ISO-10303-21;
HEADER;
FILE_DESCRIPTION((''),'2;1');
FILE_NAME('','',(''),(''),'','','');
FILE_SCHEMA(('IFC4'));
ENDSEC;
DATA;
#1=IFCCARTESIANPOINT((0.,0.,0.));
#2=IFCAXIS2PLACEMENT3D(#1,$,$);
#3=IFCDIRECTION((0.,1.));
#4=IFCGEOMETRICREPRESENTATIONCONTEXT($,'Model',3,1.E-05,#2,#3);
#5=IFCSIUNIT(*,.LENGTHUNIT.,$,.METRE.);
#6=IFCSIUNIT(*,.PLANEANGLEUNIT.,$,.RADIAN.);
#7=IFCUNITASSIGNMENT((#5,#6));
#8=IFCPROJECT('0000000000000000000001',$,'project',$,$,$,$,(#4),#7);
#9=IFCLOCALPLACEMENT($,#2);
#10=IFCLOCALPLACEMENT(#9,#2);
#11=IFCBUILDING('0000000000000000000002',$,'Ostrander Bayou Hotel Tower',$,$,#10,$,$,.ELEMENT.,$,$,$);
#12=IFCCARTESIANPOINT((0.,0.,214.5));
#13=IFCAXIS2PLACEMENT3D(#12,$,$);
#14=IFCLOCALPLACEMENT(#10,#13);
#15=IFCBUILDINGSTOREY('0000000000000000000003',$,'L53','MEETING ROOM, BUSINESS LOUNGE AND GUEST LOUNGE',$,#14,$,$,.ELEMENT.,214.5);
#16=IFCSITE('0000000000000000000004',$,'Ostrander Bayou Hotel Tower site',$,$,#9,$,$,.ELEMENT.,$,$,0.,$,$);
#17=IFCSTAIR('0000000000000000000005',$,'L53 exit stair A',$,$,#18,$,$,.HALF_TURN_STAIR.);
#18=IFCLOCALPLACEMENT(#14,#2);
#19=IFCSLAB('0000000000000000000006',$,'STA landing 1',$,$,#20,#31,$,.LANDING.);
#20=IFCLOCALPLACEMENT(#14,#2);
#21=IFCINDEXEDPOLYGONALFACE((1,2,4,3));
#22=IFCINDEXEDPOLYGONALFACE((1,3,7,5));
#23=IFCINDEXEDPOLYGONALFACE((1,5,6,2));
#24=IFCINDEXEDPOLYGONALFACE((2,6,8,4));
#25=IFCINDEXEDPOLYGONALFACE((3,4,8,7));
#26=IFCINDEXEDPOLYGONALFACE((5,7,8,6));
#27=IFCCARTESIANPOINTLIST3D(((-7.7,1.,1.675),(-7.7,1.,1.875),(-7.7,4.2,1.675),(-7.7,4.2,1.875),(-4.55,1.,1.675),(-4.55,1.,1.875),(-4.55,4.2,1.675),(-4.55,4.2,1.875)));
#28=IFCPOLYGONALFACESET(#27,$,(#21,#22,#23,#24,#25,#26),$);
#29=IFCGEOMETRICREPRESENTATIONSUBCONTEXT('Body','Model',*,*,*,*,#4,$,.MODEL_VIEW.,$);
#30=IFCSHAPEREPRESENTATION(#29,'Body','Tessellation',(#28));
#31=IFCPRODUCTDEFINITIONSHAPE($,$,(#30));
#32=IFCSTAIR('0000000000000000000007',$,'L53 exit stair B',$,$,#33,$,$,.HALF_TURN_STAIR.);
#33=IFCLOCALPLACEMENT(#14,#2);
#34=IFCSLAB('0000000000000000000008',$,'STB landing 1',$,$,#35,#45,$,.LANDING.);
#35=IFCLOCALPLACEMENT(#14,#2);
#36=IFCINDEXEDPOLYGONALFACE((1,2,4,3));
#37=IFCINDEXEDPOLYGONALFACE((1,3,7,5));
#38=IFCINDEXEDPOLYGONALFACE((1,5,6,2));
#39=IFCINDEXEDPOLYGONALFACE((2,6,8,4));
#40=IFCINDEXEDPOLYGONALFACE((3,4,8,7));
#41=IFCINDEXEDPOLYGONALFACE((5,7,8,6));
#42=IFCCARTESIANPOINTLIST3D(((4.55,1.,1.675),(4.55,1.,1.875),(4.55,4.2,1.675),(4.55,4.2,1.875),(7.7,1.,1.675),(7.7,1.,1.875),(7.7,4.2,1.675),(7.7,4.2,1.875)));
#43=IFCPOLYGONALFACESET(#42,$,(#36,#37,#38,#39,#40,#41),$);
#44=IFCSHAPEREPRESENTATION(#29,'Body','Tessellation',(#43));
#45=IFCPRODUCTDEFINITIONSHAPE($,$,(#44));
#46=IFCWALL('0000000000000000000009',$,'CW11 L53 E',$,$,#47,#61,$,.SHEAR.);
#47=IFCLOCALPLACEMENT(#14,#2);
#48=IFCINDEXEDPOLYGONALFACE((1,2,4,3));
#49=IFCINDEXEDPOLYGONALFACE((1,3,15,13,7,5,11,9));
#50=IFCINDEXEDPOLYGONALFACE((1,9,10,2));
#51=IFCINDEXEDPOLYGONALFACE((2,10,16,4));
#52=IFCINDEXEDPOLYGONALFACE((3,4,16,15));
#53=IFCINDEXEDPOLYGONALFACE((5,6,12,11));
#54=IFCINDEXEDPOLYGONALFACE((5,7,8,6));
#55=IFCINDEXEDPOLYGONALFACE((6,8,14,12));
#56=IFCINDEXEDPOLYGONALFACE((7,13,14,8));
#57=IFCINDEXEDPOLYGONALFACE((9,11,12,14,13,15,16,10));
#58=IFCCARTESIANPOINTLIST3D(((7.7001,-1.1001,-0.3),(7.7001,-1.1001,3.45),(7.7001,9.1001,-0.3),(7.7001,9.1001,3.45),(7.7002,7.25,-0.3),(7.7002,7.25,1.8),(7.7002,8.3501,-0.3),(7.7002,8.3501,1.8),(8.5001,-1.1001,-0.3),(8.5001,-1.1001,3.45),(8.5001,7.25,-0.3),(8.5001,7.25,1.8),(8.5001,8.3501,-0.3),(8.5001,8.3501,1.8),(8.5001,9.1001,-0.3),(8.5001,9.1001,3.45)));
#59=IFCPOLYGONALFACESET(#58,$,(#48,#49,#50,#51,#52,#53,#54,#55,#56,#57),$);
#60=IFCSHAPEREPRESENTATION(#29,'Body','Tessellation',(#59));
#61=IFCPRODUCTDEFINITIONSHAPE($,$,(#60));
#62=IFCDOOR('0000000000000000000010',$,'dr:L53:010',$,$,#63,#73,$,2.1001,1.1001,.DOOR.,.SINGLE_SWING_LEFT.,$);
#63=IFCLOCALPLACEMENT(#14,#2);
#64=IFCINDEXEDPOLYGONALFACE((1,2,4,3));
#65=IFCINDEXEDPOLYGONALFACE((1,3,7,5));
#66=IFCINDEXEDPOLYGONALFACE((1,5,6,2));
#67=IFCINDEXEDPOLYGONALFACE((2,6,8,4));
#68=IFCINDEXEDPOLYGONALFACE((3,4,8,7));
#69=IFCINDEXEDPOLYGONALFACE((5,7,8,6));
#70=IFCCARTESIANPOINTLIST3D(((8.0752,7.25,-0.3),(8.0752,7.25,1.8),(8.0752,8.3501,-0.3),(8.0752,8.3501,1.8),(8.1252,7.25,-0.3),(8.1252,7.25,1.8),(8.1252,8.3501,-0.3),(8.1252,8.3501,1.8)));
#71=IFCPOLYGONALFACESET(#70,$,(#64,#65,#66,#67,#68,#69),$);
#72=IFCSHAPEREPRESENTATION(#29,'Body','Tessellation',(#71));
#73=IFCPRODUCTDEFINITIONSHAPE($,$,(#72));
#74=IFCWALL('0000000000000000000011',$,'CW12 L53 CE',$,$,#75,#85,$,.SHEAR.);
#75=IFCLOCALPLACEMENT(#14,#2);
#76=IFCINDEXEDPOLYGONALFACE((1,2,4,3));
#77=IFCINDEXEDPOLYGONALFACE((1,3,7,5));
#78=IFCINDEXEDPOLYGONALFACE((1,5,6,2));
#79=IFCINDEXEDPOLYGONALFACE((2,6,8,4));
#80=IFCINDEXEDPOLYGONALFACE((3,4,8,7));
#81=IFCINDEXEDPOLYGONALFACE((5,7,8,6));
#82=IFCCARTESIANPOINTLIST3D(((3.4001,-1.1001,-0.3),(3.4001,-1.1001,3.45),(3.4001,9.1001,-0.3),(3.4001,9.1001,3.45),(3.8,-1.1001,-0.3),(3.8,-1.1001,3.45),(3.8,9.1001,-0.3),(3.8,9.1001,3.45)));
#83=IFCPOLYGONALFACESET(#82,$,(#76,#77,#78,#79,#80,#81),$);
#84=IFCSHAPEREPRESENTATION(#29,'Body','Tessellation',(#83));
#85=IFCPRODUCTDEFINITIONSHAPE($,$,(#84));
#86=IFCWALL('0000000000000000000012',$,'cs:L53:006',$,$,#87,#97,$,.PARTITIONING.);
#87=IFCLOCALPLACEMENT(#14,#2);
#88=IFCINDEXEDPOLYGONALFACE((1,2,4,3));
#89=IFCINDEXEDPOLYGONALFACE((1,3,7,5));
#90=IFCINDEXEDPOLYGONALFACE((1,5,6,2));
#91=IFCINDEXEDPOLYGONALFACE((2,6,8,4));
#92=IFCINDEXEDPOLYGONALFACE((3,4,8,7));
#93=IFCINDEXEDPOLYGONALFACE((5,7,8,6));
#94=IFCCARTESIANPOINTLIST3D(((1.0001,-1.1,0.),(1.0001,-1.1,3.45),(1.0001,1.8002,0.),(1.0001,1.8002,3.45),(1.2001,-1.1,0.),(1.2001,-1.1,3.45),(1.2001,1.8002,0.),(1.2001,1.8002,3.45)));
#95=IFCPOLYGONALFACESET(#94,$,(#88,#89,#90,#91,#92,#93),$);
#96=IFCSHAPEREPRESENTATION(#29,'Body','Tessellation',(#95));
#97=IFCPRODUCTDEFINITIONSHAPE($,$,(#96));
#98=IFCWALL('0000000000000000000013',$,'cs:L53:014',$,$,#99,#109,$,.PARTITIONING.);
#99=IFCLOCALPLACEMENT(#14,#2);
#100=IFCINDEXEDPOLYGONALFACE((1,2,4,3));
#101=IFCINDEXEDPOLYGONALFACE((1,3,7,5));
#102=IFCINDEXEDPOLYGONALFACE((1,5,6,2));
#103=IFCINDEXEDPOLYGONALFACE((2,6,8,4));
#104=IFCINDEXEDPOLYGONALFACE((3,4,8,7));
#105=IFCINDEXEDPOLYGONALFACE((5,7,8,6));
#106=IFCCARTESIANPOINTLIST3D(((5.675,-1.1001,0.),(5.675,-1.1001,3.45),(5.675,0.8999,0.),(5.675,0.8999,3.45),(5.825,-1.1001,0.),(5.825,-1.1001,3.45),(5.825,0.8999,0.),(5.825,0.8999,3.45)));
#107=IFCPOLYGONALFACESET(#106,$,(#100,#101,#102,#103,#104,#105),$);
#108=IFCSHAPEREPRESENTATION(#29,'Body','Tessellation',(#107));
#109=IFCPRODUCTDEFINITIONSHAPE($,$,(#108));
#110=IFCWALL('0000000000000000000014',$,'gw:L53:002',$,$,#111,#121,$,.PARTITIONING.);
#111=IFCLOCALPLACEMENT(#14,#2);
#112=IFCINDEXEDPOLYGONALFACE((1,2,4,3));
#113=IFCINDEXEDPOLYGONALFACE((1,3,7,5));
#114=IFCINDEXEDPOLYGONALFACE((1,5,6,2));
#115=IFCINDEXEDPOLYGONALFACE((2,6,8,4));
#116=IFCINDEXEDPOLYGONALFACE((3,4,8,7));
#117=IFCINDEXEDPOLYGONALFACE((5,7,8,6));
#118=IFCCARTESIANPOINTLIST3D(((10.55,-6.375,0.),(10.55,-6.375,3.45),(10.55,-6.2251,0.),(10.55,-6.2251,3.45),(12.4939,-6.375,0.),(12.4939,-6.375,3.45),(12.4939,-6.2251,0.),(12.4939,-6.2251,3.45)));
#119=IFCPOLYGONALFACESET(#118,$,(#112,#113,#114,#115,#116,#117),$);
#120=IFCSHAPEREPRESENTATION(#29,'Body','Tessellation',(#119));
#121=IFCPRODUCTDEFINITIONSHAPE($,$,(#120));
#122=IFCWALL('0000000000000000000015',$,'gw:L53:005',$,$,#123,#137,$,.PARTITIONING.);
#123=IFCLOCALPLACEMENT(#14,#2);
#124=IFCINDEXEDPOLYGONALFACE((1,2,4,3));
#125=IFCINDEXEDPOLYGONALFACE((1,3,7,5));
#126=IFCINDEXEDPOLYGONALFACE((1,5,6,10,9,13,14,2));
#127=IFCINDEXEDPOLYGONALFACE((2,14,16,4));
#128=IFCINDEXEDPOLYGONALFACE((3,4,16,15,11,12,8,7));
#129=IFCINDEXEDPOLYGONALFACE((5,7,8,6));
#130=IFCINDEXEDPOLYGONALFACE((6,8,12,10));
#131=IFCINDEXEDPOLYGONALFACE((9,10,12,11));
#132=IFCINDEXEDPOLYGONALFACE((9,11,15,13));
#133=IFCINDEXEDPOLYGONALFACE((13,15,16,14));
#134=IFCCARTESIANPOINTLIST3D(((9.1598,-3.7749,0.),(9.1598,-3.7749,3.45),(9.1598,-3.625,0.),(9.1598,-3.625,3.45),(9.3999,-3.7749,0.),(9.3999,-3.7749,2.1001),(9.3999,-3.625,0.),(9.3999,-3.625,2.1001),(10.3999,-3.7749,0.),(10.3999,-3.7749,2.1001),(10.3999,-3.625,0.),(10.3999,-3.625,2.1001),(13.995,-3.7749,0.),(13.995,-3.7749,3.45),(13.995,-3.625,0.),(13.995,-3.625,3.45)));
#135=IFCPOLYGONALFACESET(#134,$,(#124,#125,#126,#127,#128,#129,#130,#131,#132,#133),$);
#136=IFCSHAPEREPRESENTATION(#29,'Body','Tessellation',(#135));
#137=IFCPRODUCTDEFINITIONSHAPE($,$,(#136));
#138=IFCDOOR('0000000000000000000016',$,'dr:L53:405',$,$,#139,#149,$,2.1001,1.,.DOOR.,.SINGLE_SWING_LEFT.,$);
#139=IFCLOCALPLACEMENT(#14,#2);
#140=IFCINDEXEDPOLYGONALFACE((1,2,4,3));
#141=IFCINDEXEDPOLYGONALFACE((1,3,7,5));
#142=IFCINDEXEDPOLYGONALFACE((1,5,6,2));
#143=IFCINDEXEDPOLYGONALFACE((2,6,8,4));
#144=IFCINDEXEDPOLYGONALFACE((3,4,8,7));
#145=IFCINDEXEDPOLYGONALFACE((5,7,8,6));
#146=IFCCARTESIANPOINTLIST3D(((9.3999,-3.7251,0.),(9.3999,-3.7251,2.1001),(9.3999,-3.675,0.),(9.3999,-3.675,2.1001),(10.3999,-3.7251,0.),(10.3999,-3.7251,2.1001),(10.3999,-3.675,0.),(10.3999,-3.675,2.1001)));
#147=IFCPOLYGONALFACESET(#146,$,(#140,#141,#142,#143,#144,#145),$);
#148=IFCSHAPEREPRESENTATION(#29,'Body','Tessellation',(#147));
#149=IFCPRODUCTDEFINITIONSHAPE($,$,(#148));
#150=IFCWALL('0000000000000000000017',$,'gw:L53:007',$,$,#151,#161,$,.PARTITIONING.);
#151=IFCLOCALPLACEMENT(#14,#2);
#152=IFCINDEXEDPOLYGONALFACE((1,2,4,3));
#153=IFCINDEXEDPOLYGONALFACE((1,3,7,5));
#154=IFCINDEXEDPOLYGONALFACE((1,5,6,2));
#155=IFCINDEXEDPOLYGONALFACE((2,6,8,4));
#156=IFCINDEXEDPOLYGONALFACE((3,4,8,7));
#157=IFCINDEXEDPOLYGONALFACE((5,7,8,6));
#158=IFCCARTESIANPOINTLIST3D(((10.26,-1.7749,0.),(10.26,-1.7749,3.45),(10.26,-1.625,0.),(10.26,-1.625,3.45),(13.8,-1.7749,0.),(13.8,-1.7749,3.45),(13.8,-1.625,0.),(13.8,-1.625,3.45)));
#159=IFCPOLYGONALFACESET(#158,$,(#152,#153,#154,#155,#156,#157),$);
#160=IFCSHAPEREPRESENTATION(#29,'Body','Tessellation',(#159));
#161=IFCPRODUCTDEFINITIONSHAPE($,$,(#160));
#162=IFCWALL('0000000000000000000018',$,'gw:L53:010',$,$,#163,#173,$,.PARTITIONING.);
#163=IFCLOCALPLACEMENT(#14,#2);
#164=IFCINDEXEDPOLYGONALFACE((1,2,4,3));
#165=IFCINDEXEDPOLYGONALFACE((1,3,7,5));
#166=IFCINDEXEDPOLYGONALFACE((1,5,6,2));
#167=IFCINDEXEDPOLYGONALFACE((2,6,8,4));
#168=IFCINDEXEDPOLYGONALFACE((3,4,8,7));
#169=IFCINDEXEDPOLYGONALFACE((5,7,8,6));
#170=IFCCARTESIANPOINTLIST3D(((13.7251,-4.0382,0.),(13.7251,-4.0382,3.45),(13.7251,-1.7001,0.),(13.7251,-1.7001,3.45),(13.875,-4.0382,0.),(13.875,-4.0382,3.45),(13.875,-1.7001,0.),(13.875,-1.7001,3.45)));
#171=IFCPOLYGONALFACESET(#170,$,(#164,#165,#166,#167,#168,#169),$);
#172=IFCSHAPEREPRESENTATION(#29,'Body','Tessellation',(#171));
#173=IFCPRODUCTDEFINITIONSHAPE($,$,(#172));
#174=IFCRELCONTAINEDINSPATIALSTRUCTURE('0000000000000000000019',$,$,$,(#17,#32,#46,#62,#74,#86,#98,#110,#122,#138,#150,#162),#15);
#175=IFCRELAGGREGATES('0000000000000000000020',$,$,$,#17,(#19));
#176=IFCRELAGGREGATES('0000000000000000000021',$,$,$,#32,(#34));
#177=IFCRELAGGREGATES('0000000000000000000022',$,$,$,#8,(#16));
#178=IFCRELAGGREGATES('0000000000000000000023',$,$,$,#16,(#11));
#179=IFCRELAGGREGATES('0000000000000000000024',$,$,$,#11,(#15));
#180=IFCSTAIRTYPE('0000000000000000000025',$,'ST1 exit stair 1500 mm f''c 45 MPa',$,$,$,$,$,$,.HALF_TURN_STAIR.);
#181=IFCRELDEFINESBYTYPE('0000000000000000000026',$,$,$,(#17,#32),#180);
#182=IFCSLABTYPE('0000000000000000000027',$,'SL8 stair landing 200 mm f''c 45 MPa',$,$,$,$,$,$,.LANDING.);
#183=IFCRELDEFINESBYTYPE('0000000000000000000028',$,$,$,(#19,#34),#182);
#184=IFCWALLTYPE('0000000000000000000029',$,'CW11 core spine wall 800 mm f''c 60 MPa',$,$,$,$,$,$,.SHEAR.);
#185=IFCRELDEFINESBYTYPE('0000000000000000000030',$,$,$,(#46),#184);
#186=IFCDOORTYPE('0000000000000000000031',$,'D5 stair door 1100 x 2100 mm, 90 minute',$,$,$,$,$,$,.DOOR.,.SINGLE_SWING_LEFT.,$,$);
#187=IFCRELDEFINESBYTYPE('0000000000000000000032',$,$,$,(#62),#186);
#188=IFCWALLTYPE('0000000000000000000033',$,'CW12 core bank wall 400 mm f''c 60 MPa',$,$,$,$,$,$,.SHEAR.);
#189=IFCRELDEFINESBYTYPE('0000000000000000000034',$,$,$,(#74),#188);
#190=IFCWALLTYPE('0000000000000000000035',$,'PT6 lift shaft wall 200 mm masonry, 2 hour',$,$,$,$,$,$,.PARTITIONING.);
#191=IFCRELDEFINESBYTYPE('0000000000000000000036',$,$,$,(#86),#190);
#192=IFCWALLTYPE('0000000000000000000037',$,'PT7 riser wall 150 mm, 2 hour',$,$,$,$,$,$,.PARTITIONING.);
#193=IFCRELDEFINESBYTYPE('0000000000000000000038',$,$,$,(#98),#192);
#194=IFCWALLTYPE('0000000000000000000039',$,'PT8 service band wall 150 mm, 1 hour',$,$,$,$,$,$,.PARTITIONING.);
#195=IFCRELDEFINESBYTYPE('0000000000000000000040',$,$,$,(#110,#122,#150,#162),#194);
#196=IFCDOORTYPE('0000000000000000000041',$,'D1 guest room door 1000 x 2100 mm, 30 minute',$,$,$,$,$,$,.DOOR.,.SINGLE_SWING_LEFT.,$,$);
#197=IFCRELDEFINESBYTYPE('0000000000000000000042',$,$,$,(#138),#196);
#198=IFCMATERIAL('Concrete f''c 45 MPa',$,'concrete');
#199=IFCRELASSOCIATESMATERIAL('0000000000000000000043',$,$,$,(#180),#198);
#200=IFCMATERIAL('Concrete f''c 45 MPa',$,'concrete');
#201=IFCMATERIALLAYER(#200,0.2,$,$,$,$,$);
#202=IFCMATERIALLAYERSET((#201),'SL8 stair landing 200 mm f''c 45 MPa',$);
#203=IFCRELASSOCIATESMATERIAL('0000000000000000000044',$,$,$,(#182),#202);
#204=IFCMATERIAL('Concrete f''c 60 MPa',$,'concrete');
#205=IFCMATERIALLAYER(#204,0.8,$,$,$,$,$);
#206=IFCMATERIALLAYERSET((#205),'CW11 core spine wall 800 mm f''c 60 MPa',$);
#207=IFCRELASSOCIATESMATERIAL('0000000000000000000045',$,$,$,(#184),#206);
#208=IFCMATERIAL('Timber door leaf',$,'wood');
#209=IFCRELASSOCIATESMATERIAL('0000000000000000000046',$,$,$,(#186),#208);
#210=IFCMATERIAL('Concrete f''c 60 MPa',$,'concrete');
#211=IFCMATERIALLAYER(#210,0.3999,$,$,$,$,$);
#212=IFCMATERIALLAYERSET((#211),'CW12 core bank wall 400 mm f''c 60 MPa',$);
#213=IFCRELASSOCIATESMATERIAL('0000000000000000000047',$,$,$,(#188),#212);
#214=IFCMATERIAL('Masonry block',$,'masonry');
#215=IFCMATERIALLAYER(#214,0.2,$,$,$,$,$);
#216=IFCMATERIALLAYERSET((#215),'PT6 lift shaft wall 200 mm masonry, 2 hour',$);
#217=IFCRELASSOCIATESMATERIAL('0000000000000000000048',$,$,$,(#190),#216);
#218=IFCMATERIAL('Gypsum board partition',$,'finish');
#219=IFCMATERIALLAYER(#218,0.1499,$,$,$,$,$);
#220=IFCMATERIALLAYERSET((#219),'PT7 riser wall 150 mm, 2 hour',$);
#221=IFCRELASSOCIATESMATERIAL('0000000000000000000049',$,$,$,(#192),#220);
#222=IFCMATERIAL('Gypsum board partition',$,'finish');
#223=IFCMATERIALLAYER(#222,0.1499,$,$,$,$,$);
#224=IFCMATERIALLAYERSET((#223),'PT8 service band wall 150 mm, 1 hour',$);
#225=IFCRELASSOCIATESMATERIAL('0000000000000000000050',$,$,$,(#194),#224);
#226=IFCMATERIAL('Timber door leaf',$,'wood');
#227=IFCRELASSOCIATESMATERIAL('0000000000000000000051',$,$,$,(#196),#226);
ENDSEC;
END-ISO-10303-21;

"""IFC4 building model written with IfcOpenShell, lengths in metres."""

from ifc_helpers import new_model, si_unit, direction, frame, frame_2d, origin, place, context, subcontext, project, spatial, polyline, rectangle, outline, extrude, material, layer, layer_set, type_object, element, fill, aggregate, save


model = new_model("IFC4")

# Units and contexts
model_context = context("Model", 3, precision=1e-05, world=origin(), true_north=direction((0.0, 1.0)))
body_context = subcontext(model_context, "Body", "Model", "MODEL_VIEW")
ifc_project = project(units=[si_unit("LENGTHUNIT", "METRE"), si_unit("PLANEANGLEUNIT", "RADIAN")], contexts=[model_context])

# Site, building, storey
site_placement = place(None, origin())
site = spatial("IfcSite", under=ifc_project, at=site_placement, Name="Ostrander Bayou Hotel Tower site", CompositionType="ELEMENT", RefElevation=0.0)
building_placement = place(site_placement, origin())
building = spatial("IfcBuilding", under=site, at=building_placement, Name="Ostrander Bayou Hotel Tower", CompositionType="ELEMENT")
storey_placement = place(building_placement, frame((0.0, 0.0, 214.5)))
storey = spatial("IfcBuildingStorey", under=building, at=storey_placement, Name="L53", Description="MEETING ROOM, BUSINESS LOUNGE AND GUEST LOUNGE", CompositionType="ELEMENT", Elevation=214.5)

# Stairs, slabs
ifc_material_1 = material(Name="Concrete f'c 45 MPa", Category="concrete")
stair_type = type_object("IfcStairType", Name="ST1 exit stair 1500 mm f'c 45 MPa", PredefinedType="HALF_TURN_STAIR", material=ifc_material_1)
stair_1_placement = place(storey_placement, origin())
stair_1 = element("IfcStair", 1, at=stair_1_placement, inside=storey, type_object=stair_type, Name="L53 exit stair A", PredefinedType="HALF_TURN_STAIR")
ifc_material_2 = material(Name="Concrete f'c 45 MPa", Category="concrete")
ifc_layer_1 = layer(ifc_material_2, 0.2)
ifc_layer_set_1 = layer_set([ifc_layer_1], Name="SL8 stair landing 200 mm f'c 45 MPa")
slab_type = type_object("IfcSlabType", Name="SL8 stair landing 200 mm f'c 45 MPa", PredefinedType="LANDING", material=ifc_layer_set_1)
slab_1_placement = place(storey_placement, frame((0.0, 0.0, 1.675)))
slab_1 = element("IfcSlab", 2, at=slab_1_placement, type_object=slab_type, Name="STA landing 1", PredefinedType="LANDING", context=body_context, shape_type="SweptSolid", body=[
    extrude(outline(polyline([(-7.7, 4.2), (-7.7, 1.0), (-4.55, 1.0), (-4.55, 4.2), (-7.7, 4.2)])), origin(), (0.0, 0.0, 1.0), 0.2),
])
aggregate(stair_1, [slab_1])
stair_2_placement = place(storey_placement, origin())
stair_2 = element("IfcStair", 3, at=stair_2_placement, inside=storey, type_object=stair_type, Name="L53 exit stair B", PredefinedType="HALF_TURN_STAIR")
slab_2_placement = place(storey_placement, frame((0.0, 0.0, 1.675)))
slab_2 = element("IfcSlab", 4, at=slab_2_placement, type_object=slab_type, Name="STB landing 1", PredefinedType="LANDING", context=body_context, shape_type="SweptSolid", body=[
    extrude(outline(polyline([(4.55, 4.2), (4.55, 1.0), (7.7, 1.0), (7.7, 4.2), (4.55, 4.2)])), origin(), (0.0, 0.0, 1.0), 0.2),
])
aggregate(stair_2, [slab_2])

# Wall, opening, door
ifc_material_3 = material(Name="Concrete f'c 60 MPa", Category="concrete")
ifc_layer_2 = layer(ifc_material_3, 0.8)
ifc_layer_set_2 = layer_set([ifc_layer_2], Name="CW11 core spine wall 800 mm f'c 60 MPa")
wall_type_1 = type_object("IfcWallType", Name="CW11 core spine wall 800 mm f'c 60 MPa", PredefinedType="SHEAR", material=ifc_layer_set_2)
wall_1_placement = place(storey_placement, frame((8.1001, -1.1001, -0.3), z_axis=(0.0, 0.0, 1.0), x_axis=(0.0, 1.0, 0.0)))
wall_1 = element("IfcWall", 5, at=wall_1_placement, inside=storey, type_object=wall_type_1, Name="CW11 L53 E", PredefinedType="SHEAR", context=body_context, shape_type="SweptSolid", body=[
    extrude(rectangle(XDim=10.2002, YDim=0.8, at=frame_2d((5.1001, 0.0))), origin(), (0.0, 0.0, 1.0), 3.75),
])
opening_1_placement = place(wall_1_placement, frame((8.3501, 0.0, 0.0)))
opening_1 = element("IfcOpeningElement", 6, at=opening_1_placement, cuts=wall_1, PredefinedType="OPENING", context=body_context, shape_type="SweptSolid", body=[
    extrude(rectangle(XDim=1.1001, YDim=2.1001, at=frame_2d((0.55, 1.05))), frame((0.0, 0.3999, 0.0), z_axis=(0.0, -1.0, 0.0), x_axis=(1.0, 0.0, 0.0)), (0.0, 0.0, 1.0), 0.8),
])
ifc_material_4 = material(Name="Timber door leaf", Category="wood")
door_type_1 = type_object("IfcDoorType", Name="D5 stair door 1100 x 2100 mm, 90 minute", OperationType="SINGLE_SWING_LEFT", PredefinedType="DOOR", material=ifc_material_4)
door_1_placement = place(opening_1_placement, origin())
door_1 = element("IfcDoor", 7, at=door_1_placement, inside=storey, type_object=door_type_1, Name="dr:L53:010", OperationType="SINGLE_SWING_LEFT", OverallHeight=2.1001, OverallWidth=1.1001, PredefinedType="DOOR", context=body_context, shape_type="SweptSolid", body=[
    extrude(rectangle(XDim=1.1001, YDim=2.1001, at=frame_2d((0.55, 1.05))), frame((0.0, 0.0249, 0.0), z_axis=(0.0, -1.0, 0.0), x_axis=(1.0, 0.0, 0.0)), (0.0, 0.0, 1.0), 0.05),
])
fill(opening_1, door_1)

# Walls
ifc_material_5 = material(Name="Concrete f'c 60 MPa", Category="concrete")
ifc_layer_3 = layer(ifc_material_5, 0.3999)
ifc_layer_set_3 = layer_set([ifc_layer_3], Name="CW12 core bank wall 400 mm f'c 60 MPa")
wall_type_2 = type_object("IfcWallType", Name="CW12 core bank wall 400 mm f'c 60 MPa", PredefinedType="SHEAR", material=ifc_layer_set_3)
wall_2_placement = place(storey_placement, frame((3.6001, -1.1001, -0.3), z_axis=(0.0, 0.0, 1.0), x_axis=(0.0, 1.0, 0.0)))
element("IfcWall", 8, at=wall_2_placement, inside=storey, type_object=wall_type_2, Name="CW12 L53 CE", PredefinedType="SHEAR", context=body_context, shape_type="SweptSolid", body=[
    extrude(rectangle(XDim=10.2002, YDim=0.3999, at=frame_2d((5.1001, 0.0))), origin(), (0.0, 0.0, 1.0), 3.75),
])
ifc_material_6 = material(Name="Masonry block", Category="masonry")
ifc_layer_4 = layer(ifc_material_6, 0.2)
ifc_layer_set_4 = layer_set([ifc_layer_4], Name="PT6 lift shaft wall 200 mm masonry, 2 hour")
wall_type_3 = type_object("IfcWallType", Name="PT6 lift shaft wall 200 mm masonry, 2 hour", PredefinedType="PARTITIONING", material=ifc_layer_set_4)
wall_3_placement = place(storey_placement, frame((1.1001, -1.1001, 0.0), z_axis=(0.0, 0.0, 1.0), x_axis=(0.0, 1.0, 0.0)))
element("IfcWall", 9, at=wall_3_placement, inside=storey, type_object=wall_type_3, Name="cs:L53:006", PredefinedType="PARTITIONING", context=body_context, shape_type="SweptSolid", body=[
    extrude(rectangle(XDim=2.9001, YDim=0.2, at=frame_2d((1.4502, 0.0))), origin(), (0.0, 0.0, 1.0), 3.45),
])
ifc_material_7 = material(Name="Gypsum board partition", Category="finish")
ifc_layer_5 = layer(ifc_material_7, 0.1499)
ifc_layer_set_5 = layer_set([ifc_layer_5], Name="PT7 riser wall 150 mm, 2 hour")
wall_type_4 = type_object("IfcWallType", Name="PT7 riser wall 150 mm, 2 hour", PredefinedType="PARTITIONING", material=ifc_layer_set_5)
wall_4_placement = place(storey_placement, frame((5.75, -1.1001, 0.0), z_axis=(0.0, 0.0, 1.0), x_axis=(0.0, 1.0, 0.0)))
element("IfcWall", 10, at=wall_4_placement, inside=storey, type_object=wall_type_4, Name="cs:L53:014", PredefinedType="PARTITIONING", context=body_context, shape_type="SweptSolid", body=[
    extrude(rectangle(XDim=2.0, YDim=0.1499, at=frame_2d((1.0, 0.0))), origin(), (0.0, 0.0, 1.0), 3.45),
])
ifc_material_8 = material(Name="Gypsum board partition", Category="finish")
ifc_layer_6 = layer(ifc_material_8, 0.1499)
ifc_layer_set_6 = layer_set([ifc_layer_6], Name="PT8 service band wall 150 mm, 1 hour")
wall_type_5 = type_object("IfcWallType", Name="PT8 service band wall 150 mm, 1 hour", PredefinedType="PARTITIONING", material=ifc_layer_set_6)
wall_5_placement = place(storey_placement, frame((10.55, -6.3, 0.0), z_axis=(0.0, 0.0, 1.0), x_axis=(1.0, 0.0, 0.0)))
element("IfcWall", 11, at=wall_5_placement, inside=storey, type_object=wall_type_5, Name="gw:L53:002", PredefinedType="PARTITIONING", context=body_context, shape_type="SweptSolid", body=[
    extrude(rectangle(XDim=1.9438, YDim=0.1499, at=frame_2d((0.9719, 0.0))), origin(), (0.0, 0.0, 1.0), 3.45),
])

# Wall, opening, door
wall_6_placement = place(storey_placement, frame((9.1599, -3.7, 0.0), z_axis=(0.0, 0.0, 1.0), x_axis=(1.0, 0.0, 0.0)))
wall_6 = element("IfcWall", 12, at=wall_6_placement, inside=storey, type_object=wall_type_5, Name="gw:L53:005", PredefinedType="PARTITIONING", context=body_context, shape_type="SweptSolid", body=[
    extrude(rectangle(XDim=4.8352, YDim=0.1499, at=frame_2d((2.4175, 0.0))), origin(), (0.0, 0.0, 1.0), 3.45),
])
opening_2_placement = place(wall_6_placement, frame((0.24, 0.0, 0.0)))
opening_2 = element("IfcOpeningElement", 13, at=opening_2_placement, cuts=wall_6, PredefinedType="OPENING", context=body_context, shape_type="SweptSolid", body=[
    extrude(rectangle(XDim=1.0, YDim=2.1001, at=frame_2d((0.5, 1.05))), frame((0.0, 0.075, 0.0), z_axis=(0.0, -1.0, 0.0), x_axis=(1.0, 0.0, 0.0)), (0.0, 0.0, 1.0), 0.1499),
])
ifc_material_9 = material(Name="Timber door leaf", Category="wood")
door_type_2 = type_object("IfcDoorType", Name="D1 guest room door 1000 x 2100 mm, 30 minute", OperationType="SINGLE_SWING_LEFT", PredefinedType="DOOR", material=ifc_material_9)
door_2_placement = place(opening_2_placement, origin())
door_2 = element("IfcDoor", 14, at=door_2_placement, inside=storey, type_object=door_type_2, Name="dr:L53:405", OperationType="SINGLE_SWING_LEFT", OverallHeight=2.1001, OverallWidth=1.0, PredefinedType="DOOR", context=body_context, shape_type="SweptSolid", body=[
    extrude(rectangle(XDim=1.0, YDim=2.1001, at=frame_2d((0.5, 1.05))), frame((0.0, 0.0249, 0.0), z_axis=(0.0, -1.0, 0.0), x_axis=(1.0, 0.0, 0.0)), (0.0, 0.0, 1.0), 0.05),
])
fill(opening_2, door_2)

# Walls
wall_7_placement = place(storey_placement, frame((10.26, -1.7, 0.0), z_axis=(0.0, 0.0, 1.0), x_axis=(1.0, 0.0, 0.0)))
element("IfcWall", 15, at=wall_7_placement, inside=storey, type_object=wall_type_5, Name="gw:L53:007", PredefinedType="PARTITIONING", context=body_context, shape_type="SweptSolid", body=[
    extrude(rectangle(XDim=3.54, YDim=0.1499, at=frame_2d((1.77, 0.0))), origin(), (0.0, 0.0, 1.0), 3.45),
])
wall_8_placement = place(storey_placement, frame((13.8, -4.0381, 0.0), z_axis=(0.0, 0.0, 1.0), x_axis=(0.0, 1.0, 0.0)))
element("IfcWall", 16, at=wall_8_placement, inside=storey, type_object=wall_type_5, Name="gw:L53:010", PredefinedType="PARTITIONING", context=body_context, shape_type="SweptSolid", body=[
    extrude(rectangle(XDim=2.3381, YDim=0.1499, at=frame_2d((1.1689, 0.0))), origin(), (0.0, 0.0, 1.0), 3.45),
])

save(model, "model.ifc")
